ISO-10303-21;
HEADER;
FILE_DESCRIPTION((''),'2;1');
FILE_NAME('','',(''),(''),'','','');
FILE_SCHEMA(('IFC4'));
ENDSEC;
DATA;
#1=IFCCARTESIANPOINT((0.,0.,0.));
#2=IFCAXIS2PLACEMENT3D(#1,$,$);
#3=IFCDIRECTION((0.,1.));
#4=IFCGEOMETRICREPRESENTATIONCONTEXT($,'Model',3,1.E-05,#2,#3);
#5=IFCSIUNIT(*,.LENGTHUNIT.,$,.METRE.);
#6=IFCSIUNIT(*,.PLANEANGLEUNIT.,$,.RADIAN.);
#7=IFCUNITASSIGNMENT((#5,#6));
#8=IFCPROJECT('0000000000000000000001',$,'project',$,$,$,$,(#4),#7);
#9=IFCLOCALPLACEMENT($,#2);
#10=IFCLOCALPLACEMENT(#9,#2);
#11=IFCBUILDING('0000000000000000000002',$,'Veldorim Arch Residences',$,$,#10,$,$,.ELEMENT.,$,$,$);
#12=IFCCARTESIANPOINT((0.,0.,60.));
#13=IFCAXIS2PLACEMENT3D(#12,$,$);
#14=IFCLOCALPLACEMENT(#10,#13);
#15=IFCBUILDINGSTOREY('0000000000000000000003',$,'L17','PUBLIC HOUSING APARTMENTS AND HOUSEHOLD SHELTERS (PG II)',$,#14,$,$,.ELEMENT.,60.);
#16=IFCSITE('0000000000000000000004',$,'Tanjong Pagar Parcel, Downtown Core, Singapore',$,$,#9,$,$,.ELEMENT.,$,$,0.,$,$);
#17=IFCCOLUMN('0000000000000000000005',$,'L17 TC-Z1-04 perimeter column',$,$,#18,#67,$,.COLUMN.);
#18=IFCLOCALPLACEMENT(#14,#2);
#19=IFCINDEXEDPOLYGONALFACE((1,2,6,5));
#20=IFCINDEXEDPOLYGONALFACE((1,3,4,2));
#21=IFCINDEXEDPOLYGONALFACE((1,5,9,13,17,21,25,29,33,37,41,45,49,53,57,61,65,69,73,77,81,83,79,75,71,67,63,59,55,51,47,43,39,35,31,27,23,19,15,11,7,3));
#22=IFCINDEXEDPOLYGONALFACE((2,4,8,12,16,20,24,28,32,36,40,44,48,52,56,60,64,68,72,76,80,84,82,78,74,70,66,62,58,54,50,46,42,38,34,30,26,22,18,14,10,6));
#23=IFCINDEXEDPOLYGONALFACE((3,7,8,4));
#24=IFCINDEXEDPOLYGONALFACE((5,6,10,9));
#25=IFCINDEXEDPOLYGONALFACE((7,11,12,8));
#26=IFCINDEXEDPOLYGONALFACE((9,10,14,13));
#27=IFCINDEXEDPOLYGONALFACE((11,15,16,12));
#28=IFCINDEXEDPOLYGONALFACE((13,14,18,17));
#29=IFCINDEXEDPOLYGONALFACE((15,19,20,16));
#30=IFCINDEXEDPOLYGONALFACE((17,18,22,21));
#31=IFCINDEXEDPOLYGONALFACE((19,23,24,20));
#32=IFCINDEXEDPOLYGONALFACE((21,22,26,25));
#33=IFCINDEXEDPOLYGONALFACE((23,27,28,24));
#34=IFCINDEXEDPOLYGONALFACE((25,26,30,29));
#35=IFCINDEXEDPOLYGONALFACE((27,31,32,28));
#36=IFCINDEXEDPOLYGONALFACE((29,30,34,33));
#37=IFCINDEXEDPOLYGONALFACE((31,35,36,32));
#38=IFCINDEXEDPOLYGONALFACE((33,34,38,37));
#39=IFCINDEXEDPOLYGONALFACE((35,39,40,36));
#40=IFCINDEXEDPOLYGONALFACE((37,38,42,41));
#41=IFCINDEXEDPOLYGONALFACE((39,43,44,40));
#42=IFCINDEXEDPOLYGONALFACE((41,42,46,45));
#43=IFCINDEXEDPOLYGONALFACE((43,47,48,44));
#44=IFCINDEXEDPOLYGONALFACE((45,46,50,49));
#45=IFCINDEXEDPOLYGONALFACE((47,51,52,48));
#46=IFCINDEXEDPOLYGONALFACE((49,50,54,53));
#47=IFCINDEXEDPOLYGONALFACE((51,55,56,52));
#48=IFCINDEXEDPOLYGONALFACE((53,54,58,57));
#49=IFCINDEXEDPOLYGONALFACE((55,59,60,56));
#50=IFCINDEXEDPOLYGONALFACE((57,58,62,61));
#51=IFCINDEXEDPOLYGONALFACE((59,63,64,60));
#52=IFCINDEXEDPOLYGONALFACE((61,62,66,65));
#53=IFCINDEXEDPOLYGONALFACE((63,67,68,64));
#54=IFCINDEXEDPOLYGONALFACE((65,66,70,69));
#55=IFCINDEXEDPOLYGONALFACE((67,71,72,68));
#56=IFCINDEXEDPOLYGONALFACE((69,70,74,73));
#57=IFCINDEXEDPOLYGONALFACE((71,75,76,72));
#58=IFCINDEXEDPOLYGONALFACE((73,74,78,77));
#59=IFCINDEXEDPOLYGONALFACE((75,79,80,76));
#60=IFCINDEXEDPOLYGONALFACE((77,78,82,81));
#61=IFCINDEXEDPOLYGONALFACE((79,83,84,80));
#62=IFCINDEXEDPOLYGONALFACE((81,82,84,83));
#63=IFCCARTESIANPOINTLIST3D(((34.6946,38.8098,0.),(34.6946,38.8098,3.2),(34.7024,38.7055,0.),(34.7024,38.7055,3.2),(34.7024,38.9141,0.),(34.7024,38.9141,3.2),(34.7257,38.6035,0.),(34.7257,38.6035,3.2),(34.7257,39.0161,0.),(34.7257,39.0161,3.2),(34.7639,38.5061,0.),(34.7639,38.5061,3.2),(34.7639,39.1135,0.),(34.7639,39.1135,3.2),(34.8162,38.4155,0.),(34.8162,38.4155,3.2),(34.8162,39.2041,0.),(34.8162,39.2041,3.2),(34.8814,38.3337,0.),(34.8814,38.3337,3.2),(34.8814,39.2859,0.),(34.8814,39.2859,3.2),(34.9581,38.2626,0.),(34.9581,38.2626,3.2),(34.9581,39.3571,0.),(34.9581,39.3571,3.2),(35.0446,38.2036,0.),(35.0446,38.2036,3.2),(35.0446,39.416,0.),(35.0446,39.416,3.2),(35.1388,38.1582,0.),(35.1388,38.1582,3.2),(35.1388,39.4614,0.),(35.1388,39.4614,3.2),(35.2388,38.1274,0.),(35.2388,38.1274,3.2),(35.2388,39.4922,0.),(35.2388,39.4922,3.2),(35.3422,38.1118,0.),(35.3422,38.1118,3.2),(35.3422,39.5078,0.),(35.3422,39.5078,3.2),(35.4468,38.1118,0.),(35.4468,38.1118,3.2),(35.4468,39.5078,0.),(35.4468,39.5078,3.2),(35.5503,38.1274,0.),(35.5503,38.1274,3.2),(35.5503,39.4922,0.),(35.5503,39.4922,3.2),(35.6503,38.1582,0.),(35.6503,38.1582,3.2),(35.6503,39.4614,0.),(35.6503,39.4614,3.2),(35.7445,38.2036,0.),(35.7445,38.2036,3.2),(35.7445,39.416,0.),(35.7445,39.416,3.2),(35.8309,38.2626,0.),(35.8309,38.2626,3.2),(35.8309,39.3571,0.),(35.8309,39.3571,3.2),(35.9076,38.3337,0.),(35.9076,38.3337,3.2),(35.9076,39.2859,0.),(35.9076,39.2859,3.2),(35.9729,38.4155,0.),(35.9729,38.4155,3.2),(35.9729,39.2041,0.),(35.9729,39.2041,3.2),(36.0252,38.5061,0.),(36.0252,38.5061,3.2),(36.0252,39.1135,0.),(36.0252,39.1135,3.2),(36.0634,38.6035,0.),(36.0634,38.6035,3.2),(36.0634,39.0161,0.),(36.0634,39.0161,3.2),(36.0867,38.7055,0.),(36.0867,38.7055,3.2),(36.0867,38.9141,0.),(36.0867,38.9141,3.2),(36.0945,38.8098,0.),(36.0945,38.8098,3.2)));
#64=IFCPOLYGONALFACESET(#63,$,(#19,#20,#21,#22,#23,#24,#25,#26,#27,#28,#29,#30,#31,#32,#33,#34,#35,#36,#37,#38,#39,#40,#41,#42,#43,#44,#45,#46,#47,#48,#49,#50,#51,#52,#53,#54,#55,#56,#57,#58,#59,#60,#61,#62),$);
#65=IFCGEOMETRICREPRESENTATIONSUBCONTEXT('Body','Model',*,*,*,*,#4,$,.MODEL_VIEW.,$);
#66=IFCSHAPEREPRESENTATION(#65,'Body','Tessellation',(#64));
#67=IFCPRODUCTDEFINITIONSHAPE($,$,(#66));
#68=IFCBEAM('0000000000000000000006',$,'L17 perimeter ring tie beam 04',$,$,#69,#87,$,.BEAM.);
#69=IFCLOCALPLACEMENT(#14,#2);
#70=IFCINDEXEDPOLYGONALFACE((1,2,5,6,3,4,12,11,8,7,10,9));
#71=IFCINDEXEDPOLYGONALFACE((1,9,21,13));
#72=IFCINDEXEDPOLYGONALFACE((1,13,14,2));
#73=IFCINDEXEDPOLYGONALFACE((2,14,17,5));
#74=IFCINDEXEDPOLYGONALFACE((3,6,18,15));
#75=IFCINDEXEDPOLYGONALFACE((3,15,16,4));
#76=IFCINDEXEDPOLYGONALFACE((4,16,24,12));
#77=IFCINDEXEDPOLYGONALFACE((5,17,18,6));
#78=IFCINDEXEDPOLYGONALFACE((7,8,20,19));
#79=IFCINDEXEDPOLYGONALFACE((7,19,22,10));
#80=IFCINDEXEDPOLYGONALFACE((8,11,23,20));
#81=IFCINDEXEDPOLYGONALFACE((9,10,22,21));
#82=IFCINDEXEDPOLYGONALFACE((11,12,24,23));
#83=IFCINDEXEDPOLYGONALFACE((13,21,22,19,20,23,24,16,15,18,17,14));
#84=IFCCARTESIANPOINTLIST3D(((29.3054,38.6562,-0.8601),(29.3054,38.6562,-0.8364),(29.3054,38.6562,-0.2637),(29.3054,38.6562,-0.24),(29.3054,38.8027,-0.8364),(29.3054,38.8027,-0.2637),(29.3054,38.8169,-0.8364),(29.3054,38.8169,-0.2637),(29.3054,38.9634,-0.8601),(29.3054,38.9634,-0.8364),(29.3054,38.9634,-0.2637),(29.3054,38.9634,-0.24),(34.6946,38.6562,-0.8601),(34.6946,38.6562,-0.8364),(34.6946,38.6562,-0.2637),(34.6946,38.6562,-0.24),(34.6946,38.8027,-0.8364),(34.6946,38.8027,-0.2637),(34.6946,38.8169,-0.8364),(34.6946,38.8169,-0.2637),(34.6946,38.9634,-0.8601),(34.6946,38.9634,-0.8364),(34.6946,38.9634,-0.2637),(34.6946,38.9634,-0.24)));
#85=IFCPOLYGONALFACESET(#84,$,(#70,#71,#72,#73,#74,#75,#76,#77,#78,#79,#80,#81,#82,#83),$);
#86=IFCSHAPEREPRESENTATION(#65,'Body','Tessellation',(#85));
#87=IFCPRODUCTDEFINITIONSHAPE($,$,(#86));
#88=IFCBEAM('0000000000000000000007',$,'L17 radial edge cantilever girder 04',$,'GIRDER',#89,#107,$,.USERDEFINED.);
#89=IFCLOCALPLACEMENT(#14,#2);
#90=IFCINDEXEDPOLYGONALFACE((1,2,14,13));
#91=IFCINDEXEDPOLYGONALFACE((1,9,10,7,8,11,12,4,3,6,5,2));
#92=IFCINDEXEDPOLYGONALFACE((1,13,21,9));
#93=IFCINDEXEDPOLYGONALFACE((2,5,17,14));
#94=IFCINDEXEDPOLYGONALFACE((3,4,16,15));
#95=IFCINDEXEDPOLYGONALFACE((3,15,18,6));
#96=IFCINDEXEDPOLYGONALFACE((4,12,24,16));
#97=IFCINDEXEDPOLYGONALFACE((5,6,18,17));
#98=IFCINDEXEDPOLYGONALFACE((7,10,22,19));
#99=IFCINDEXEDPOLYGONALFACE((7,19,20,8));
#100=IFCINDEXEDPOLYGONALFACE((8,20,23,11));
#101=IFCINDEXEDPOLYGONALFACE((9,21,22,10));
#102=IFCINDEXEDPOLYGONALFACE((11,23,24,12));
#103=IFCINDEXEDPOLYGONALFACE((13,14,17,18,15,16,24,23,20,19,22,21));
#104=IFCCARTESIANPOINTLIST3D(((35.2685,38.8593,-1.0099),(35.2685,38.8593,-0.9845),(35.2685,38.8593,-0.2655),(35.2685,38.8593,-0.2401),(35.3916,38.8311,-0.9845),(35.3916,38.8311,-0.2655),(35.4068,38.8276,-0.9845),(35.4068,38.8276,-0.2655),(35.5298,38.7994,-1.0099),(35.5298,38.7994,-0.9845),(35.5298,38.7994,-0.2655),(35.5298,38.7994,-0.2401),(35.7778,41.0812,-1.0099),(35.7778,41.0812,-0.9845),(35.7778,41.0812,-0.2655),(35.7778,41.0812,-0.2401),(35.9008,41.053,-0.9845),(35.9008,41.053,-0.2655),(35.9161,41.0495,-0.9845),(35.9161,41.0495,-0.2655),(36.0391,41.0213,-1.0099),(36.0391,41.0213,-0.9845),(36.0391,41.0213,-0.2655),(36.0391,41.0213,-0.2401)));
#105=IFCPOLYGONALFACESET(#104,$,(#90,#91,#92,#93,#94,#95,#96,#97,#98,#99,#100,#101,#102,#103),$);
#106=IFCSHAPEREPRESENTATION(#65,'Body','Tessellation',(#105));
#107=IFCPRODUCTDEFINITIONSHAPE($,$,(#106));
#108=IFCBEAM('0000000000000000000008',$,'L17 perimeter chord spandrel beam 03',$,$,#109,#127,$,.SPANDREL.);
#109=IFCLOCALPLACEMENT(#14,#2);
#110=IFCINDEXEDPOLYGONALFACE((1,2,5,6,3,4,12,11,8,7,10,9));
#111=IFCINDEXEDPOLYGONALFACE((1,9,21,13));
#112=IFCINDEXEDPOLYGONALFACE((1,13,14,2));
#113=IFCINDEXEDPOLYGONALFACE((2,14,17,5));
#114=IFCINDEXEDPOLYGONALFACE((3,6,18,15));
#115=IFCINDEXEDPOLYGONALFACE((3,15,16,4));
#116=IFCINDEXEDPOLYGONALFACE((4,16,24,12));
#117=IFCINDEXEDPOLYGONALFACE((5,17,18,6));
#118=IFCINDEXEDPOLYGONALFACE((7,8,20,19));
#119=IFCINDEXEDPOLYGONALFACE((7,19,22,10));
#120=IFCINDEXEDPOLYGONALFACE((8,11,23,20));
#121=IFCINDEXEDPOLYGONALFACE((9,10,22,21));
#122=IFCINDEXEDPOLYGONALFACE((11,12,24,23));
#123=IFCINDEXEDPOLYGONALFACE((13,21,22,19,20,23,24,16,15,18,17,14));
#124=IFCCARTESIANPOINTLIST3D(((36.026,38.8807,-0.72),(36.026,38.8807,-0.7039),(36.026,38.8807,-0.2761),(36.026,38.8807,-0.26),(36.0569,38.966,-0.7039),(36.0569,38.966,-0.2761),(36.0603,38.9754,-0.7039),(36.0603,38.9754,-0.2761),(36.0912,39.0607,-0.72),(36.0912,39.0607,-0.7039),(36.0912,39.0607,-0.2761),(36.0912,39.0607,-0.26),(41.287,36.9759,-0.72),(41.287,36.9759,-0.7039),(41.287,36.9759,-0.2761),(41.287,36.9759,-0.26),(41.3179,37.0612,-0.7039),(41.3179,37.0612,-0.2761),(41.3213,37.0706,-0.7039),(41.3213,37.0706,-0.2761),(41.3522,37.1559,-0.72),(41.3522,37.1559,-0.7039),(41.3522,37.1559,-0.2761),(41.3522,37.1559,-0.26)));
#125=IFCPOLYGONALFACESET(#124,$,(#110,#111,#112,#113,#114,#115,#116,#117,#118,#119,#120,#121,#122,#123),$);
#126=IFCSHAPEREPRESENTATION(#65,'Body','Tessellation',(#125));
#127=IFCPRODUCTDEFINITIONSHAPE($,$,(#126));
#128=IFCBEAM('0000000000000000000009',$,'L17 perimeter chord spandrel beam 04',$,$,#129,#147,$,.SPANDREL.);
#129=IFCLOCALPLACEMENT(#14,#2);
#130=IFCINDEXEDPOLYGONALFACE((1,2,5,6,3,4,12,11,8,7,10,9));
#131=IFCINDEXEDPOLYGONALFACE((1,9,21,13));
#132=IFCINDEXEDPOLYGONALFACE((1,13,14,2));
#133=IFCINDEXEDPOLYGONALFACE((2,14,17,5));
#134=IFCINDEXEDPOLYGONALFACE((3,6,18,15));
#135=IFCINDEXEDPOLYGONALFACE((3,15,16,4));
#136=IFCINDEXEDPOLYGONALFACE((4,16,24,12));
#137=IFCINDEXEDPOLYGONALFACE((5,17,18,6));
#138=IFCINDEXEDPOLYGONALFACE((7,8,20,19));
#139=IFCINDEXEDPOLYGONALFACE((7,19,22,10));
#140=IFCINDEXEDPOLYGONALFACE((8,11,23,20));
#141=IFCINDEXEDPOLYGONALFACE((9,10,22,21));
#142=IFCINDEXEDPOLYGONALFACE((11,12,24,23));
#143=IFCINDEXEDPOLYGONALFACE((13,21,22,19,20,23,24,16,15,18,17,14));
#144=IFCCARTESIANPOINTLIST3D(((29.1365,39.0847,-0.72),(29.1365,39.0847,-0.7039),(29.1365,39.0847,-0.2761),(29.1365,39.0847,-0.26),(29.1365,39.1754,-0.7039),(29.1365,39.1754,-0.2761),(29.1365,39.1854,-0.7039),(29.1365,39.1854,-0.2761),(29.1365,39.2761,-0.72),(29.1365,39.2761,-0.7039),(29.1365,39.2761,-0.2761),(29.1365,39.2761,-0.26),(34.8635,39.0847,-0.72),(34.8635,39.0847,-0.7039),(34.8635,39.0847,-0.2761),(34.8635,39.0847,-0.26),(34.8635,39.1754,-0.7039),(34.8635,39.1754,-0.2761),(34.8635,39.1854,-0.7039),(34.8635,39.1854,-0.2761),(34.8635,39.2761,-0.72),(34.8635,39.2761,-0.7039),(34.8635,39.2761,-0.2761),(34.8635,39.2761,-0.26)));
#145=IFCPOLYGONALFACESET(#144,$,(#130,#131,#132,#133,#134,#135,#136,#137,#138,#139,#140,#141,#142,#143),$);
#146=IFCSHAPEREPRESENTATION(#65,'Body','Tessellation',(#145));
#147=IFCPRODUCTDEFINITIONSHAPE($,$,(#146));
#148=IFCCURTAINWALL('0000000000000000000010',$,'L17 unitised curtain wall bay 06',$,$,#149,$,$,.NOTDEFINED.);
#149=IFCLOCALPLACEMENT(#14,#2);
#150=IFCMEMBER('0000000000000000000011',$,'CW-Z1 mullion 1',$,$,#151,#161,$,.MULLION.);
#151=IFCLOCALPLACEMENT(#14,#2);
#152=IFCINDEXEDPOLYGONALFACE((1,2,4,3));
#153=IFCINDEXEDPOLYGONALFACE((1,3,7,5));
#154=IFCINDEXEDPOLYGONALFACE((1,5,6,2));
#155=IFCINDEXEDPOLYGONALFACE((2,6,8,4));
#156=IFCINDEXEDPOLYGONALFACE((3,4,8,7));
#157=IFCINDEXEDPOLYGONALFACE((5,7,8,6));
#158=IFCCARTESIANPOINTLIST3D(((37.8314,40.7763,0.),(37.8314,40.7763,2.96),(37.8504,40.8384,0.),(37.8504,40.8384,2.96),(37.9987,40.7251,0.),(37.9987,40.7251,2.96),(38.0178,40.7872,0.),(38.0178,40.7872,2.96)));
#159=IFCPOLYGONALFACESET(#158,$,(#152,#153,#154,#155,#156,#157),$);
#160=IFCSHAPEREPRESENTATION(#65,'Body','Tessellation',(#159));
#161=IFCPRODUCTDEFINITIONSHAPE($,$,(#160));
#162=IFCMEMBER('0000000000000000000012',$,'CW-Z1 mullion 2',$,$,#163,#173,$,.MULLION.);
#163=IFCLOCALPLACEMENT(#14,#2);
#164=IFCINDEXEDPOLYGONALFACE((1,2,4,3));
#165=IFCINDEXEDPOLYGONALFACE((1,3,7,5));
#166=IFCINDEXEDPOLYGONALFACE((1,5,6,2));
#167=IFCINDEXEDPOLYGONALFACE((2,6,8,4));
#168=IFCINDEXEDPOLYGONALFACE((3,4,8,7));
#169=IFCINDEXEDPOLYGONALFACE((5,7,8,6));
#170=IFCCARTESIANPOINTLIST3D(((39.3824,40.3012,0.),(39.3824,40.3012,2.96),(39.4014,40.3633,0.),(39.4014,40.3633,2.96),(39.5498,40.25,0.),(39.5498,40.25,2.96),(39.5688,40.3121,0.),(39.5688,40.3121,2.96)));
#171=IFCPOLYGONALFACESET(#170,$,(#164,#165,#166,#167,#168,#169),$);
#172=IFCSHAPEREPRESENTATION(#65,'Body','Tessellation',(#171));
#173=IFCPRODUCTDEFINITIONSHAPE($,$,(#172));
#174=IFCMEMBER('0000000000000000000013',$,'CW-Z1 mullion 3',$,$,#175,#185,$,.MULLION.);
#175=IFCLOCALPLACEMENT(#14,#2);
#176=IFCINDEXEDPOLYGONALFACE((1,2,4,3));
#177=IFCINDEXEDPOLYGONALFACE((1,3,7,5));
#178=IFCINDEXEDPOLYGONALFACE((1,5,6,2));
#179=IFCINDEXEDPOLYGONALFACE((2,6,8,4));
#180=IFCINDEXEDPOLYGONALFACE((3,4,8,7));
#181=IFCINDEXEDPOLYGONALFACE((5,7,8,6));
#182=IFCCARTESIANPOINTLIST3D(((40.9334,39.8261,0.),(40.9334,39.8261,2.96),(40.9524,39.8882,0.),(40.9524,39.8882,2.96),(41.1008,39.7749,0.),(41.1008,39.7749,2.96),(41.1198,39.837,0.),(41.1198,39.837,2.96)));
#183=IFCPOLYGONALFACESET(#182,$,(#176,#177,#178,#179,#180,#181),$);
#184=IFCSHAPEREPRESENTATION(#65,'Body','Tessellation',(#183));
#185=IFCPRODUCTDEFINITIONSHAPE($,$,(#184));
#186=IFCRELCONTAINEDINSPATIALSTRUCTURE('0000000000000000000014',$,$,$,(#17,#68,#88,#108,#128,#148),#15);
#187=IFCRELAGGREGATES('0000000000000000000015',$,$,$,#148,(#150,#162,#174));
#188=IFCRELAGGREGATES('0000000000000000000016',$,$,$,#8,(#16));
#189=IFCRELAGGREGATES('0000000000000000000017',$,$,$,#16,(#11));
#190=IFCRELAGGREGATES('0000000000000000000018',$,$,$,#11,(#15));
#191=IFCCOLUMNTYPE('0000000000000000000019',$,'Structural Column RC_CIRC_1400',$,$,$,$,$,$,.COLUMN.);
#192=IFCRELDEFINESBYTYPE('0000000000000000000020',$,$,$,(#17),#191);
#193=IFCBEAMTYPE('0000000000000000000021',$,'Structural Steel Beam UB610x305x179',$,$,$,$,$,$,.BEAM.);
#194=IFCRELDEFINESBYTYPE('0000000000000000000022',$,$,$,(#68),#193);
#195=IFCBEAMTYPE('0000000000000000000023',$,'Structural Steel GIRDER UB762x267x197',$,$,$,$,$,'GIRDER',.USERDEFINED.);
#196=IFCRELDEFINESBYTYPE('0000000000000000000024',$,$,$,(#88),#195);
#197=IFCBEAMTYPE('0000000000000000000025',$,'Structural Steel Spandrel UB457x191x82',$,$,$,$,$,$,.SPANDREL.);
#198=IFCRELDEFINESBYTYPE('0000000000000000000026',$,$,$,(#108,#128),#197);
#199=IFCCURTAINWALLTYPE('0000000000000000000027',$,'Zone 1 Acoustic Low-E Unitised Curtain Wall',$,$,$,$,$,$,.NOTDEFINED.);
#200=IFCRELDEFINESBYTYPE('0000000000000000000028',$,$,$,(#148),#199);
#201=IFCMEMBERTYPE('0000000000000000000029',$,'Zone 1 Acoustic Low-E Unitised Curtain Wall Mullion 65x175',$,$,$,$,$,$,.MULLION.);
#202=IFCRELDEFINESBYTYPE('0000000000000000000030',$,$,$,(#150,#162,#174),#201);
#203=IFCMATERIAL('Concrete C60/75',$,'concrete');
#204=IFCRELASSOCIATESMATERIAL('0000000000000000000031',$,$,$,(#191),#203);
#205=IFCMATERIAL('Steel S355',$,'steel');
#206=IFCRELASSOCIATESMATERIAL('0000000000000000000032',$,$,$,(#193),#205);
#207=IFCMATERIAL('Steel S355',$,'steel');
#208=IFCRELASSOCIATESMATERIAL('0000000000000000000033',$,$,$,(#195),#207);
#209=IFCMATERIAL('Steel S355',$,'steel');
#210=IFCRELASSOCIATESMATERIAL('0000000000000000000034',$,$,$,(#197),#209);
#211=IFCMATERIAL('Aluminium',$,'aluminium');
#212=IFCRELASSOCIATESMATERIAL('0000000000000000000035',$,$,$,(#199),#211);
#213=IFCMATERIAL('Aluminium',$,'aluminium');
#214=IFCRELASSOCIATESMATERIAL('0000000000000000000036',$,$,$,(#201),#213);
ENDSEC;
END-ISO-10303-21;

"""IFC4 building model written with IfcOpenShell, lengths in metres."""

from ifc_helpers import new_model, si_unit, direction, frame, origin, origin_2d, place, context, subcontext, project, spatial, rectangle, circle, i_section, extrude, material, material_profile, profile_set, type_object, element, aggregate, save


model = new_model("IFC4")

# Units and contexts
model_context = context("Model", 3, precision=1e-05, world=origin(), true_north=direction((0.0, 1.0)))
body_context = subcontext(model_context, "Body", "Model", "MODEL_VIEW")
ifc_project = project(units=[si_unit("LENGTHUNIT", "METRE"), si_unit("PLANEANGLEUNIT", "RADIAN")], contexts=[model_context])

# Site, building, storey
site_placement = place(None, origin())
site = spatial("IfcSite", under=ifc_project, at=site_placement, Name="Tanjong Pagar Parcel, Downtown Core, Singapore", CompositionType="ELEMENT", RefElevation=0.0)
building_placement = place(site_placement, origin())
building = spatial("IfcBuilding", under=site, at=building_placement, Name="Veldorim Arch Residences", CompositionType="ELEMENT")
storey_placement = place(building_placement, frame((0.0, 0.0, 60.0)))
storey = spatial("IfcBuildingStorey", under=building, at=storey_placement, Name="L17", Description="PUBLIC HOUSING APARTMENTS AND HOUSEHOLD SHELTERS (PG II)", CompositionType="ELEMENT", Elevation=60.0)

# Column
ifc_material_1 = material(Name="Concrete C60/75", Category="concrete")
ifc_material_profile_1 = material_profile(ifc_material_1, circle(Radius=0.7, at=origin_2d()), Name="RC_CIRC_1400")
ifc_profile_set_1 = profile_set([ifc_material_profile_1], Name="Concrete C60/75")
column_type = type_object("IfcColumnType", Name="Structural Column RC_CIRC_1400", PredefinedType="COLUMN", material=ifc_profile_set_1)
column_placement = place(storey_placement, frame((35.3945, 38.8098, 0.0), z_axis=(0.0, 0.0, 1.0), x_axis=(1.0, 0.0, 0.0)))
element("IfcColumn", 1, at=column_placement, inside=storey, type_object=column_type, Name="L17 TC-Z1-04 perimeter column", PredefinedType="COLUMN", context=body_context, shape_type="SweptSolid", body=[
    extrude(circle(Radius=0.7, at=origin_2d()), origin(), (0.0, 0.0, 1.0), 3.2),
])

# Beams
ifc_material_2 = material(Name="Steel S355", Category="steel")
ifc_material_profile_2 = material_profile(ifc_material_2, i_section(OverallWidth=0.3071, OverallDepth=0.6201, WebThickness=0.0142, FlangeThickness=0.0237, at=origin_2d()), Name="UB610x305x179")
ifc_profile_set_2 = profile_set([ifc_material_profile_2], Name="Steel S355")
beam_type_1 = type_object("IfcBeamType", Name="Structural Steel Beam UB610x305x179", PredefinedType="BEAM", material=ifc_profile_set_2)
beam_1_placement = place(storey_placement, frame((34.6946, 38.8098, -0.55), z_axis=(-1.0, 0.0, 0.0), x_axis=(0.0, -1.0, 0.0)))
element("IfcBeam", 2, at=beam_1_placement, inside=storey, type_object=beam_type_1, Name="L17 perimeter ring tie beam 04", PredefinedType="BEAM", context=body_context, shape_type="SweptSolid", body=[
    extrude(i_section(OverallWidth=0.3071, OverallDepth=0.6201, WebThickness=0.0142, FlangeThickness=0.0237, at=origin_2d()), origin(), (0.0, 0.0, 1.0), 5.3892),
])
ifc_material_3 = material(Name="Steel S355", Category="steel")
ifc_material_profile_3 = material_profile(ifc_material_3, i_section(OverallWidth=0.2681, OverallDepth=0.7698, WebThickness=0.0156, FlangeThickness=0.0254, at=origin_2d()), Name="UB762x267x197")
ifc_profile_set_3 = profile_set([ifc_material_profile_3], Name="Steel S355")
beam_type_2 = type_object("IfcBeamType", Name="Structural Steel GIRDER UB762x267x197", ElementType="GIRDER", PredefinedType="USERDEFINED", material=ifc_profile_set_3)
beam_2_placement = place(storey_placement, frame((35.3992, 38.8293, -0.625), z_axis=(0.223412, 0.974724, 0.0), x_axis=(-0.974724, 0.223412, 0.0)))
element("IfcBeam", 3, at=beam_2_placement, inside=storey, type_object=beam_type_2, Name="L17 radial edge cantilever girder 04", ObjectType="GIRDER", PredefinedType="USERDEFINED", context=body_context, shape_type="SweptSolid", body=[
    extrude(i_section(OverallWidth=0.2681, OverallDepth=0.7698, WebThickness=0.0156, FlangeThickness=0.0254, at=origin_2d()), origin(), (0.0, 0.0, 1.0), 2.2795),
])
ifc_material_4 = material(Name="Steel S355", Category="steel")
ifc_material_profile_4 = material_profile(ifc_material_4, i_section(OverallWidth=0.1914, OverallDepth=0.46, WebThickness=0.01, FlangeThickness=0.0161, at=origin_2d()), Name="UB457x191x82")
ifc_profile_set_4 = profile_set([ifc_material_profile_4], Name="Steel S355")
beam_type_3 = type_object("IfcBeamType", Name="Structural Steel Spandrel UB457x191x82", PredefinedType="SPANDREL", material=ifc_profile_set_4)
beam_3_placement = place(storey_placement, frame((41.3196, 37.0659, -0.49), z_axis=(-0.940269, 0.340432, 0.0), x_axis=(-0.340432, -0.940269, 0.0)))
element("IfcBeam", 4, at=beam_3_placement, inside=storey, type_object=beam_type_3, Name="L17 perimeter chord spandrel beam 03", PredefinedType="SPANDREL", context=body_context, shape_type="SweptSolid", body=[
    extrude(i_section(OverallWidth=0.1914, OverallDepth=0.46, WebThickness=0.01, FlangeThickness=0.0161, at=origin_2d()), origin(), (0.0, 0.0, 1.0), 5.5952),
])
beam_4_placement = place(storey_placement, frame((34.8635, 39.1804, -0.49), z_axis=(-1.0, 0.0, 0.0), x_axis=(0.0, -1.0, 0.0)))
element("IfcBeam", 5, at=beam_4_placement, inside=storey, type_object=beam_type_3, Name="L17 perimeter chord spandrel beam 04", PredefinedType="SPANDREL", context=body_context, shape_type="SweptSolid", body=[
    extrude(i_section(OverallWidth=0.1914, OverallDepth=0.46, WebThickness=0.01, FlangeThickness=0.0161, at=origin_2d()), origin(), (0.0, 0.0, 1.0), 5.7271),
])

# Curtain wall, members
ifc_material_5 = material(Name="Aluminium", Category="aluminium")
curtain_wall_type = type_object("IfcCurtainWallType", Name="Zone 1 Acoustic Low-E Unitised Curtain Wall", PredefinedType="NOTDEFINED", material=ifc_material_5)
curtain_wall_placement = place(storey_placement, origin())
curtain_wall = element("IfcCurtainWall", 6, at=curtain_wall_placement, inside=storey, type_object=curtain_wall_type, Name="L17 unitised curtain wall bay 06", PredefinedType="NOTDEFINED")
ifc_material_6 = material(Name="Aluminium", Category="aluminium")
ifc_material_profile_5 = material_profile(ifc_material_6, rectangle(XDim=0.0649, YDim=0.175, at=origin_2d()), Name="ALU_MUL_65x175")
ifc_profile_set_5 = profile_set([ifc_material_profile_5], Name="Aluminium")
member_type_1 = type_object("IfcMemberType", Name="Zone 1 Acoustic Low-E Unitised Curtain Wall Mullion 65x175", PredefinedType="MULLION", material=ifc_profile_set_5)
member_1_placement = place(storey_placement, frame((37.9246, 40.7817, 0.0), z_axis=(0.0, 0.0, 1.0), x_axis=(0.292852, 0.956158, 0.0)))
member_1 = element("IfcMember", 7, at=member_1_placement, type_object=member_type_1, Name="CW-Z1 mullion 1", PredefinedType="MULLION", context=body_context, shape_type="SweptSolid", body=[
    extrude(rectangle(XDim=0.0649, YDim=0.175, at=origin_2d()), origin(), (0.0, 0.0, 1.0), 2.96),
])
member_2_placement = place(storey_placement, frame((39.4756, 40.3066, 0.0), z_axis=(0.0, 0.0, 1.0), x_axis=(0.292852, 0.956158, 0.0)))
member_2 = element("IfcMember", 8, at=member_2_placement, type_object=member_type_1, Name="CW-Z1 mullion 2", PredefinedType="MULLION", context=body_context, shape_type="SweptSolid", body=[
    extrude(rectangle(XDim=0.0649, YDim=0.175, at=origin_2d()), origin(), (0.0, 0.0, 1.0), 2.96),
])
member_3_placement = place(storey_placement, frame((41.0266, 39.8315, 0.0), z_axis=(0.0, 0.0, 1.0), x_axis=(0.292852, 0.956158, 0.0)))
member_3 = element("IfcMember", 9, at=member_3_placement, type_object=member_type_1, Name="CW-Z1 mullion 3", PredefinedType="MULLION", context=body_context, shape_type="SweptSolid", body=[
    extrude(rectangle(XDim=0.0649, YDim=0.175, at=origin_2d()), origin(), (0.0, 0.0, 1.0), 2.96),
])
aggregate(curtain_wall, [member_1, member_2, member_3])

save(model, "model.ifc")
